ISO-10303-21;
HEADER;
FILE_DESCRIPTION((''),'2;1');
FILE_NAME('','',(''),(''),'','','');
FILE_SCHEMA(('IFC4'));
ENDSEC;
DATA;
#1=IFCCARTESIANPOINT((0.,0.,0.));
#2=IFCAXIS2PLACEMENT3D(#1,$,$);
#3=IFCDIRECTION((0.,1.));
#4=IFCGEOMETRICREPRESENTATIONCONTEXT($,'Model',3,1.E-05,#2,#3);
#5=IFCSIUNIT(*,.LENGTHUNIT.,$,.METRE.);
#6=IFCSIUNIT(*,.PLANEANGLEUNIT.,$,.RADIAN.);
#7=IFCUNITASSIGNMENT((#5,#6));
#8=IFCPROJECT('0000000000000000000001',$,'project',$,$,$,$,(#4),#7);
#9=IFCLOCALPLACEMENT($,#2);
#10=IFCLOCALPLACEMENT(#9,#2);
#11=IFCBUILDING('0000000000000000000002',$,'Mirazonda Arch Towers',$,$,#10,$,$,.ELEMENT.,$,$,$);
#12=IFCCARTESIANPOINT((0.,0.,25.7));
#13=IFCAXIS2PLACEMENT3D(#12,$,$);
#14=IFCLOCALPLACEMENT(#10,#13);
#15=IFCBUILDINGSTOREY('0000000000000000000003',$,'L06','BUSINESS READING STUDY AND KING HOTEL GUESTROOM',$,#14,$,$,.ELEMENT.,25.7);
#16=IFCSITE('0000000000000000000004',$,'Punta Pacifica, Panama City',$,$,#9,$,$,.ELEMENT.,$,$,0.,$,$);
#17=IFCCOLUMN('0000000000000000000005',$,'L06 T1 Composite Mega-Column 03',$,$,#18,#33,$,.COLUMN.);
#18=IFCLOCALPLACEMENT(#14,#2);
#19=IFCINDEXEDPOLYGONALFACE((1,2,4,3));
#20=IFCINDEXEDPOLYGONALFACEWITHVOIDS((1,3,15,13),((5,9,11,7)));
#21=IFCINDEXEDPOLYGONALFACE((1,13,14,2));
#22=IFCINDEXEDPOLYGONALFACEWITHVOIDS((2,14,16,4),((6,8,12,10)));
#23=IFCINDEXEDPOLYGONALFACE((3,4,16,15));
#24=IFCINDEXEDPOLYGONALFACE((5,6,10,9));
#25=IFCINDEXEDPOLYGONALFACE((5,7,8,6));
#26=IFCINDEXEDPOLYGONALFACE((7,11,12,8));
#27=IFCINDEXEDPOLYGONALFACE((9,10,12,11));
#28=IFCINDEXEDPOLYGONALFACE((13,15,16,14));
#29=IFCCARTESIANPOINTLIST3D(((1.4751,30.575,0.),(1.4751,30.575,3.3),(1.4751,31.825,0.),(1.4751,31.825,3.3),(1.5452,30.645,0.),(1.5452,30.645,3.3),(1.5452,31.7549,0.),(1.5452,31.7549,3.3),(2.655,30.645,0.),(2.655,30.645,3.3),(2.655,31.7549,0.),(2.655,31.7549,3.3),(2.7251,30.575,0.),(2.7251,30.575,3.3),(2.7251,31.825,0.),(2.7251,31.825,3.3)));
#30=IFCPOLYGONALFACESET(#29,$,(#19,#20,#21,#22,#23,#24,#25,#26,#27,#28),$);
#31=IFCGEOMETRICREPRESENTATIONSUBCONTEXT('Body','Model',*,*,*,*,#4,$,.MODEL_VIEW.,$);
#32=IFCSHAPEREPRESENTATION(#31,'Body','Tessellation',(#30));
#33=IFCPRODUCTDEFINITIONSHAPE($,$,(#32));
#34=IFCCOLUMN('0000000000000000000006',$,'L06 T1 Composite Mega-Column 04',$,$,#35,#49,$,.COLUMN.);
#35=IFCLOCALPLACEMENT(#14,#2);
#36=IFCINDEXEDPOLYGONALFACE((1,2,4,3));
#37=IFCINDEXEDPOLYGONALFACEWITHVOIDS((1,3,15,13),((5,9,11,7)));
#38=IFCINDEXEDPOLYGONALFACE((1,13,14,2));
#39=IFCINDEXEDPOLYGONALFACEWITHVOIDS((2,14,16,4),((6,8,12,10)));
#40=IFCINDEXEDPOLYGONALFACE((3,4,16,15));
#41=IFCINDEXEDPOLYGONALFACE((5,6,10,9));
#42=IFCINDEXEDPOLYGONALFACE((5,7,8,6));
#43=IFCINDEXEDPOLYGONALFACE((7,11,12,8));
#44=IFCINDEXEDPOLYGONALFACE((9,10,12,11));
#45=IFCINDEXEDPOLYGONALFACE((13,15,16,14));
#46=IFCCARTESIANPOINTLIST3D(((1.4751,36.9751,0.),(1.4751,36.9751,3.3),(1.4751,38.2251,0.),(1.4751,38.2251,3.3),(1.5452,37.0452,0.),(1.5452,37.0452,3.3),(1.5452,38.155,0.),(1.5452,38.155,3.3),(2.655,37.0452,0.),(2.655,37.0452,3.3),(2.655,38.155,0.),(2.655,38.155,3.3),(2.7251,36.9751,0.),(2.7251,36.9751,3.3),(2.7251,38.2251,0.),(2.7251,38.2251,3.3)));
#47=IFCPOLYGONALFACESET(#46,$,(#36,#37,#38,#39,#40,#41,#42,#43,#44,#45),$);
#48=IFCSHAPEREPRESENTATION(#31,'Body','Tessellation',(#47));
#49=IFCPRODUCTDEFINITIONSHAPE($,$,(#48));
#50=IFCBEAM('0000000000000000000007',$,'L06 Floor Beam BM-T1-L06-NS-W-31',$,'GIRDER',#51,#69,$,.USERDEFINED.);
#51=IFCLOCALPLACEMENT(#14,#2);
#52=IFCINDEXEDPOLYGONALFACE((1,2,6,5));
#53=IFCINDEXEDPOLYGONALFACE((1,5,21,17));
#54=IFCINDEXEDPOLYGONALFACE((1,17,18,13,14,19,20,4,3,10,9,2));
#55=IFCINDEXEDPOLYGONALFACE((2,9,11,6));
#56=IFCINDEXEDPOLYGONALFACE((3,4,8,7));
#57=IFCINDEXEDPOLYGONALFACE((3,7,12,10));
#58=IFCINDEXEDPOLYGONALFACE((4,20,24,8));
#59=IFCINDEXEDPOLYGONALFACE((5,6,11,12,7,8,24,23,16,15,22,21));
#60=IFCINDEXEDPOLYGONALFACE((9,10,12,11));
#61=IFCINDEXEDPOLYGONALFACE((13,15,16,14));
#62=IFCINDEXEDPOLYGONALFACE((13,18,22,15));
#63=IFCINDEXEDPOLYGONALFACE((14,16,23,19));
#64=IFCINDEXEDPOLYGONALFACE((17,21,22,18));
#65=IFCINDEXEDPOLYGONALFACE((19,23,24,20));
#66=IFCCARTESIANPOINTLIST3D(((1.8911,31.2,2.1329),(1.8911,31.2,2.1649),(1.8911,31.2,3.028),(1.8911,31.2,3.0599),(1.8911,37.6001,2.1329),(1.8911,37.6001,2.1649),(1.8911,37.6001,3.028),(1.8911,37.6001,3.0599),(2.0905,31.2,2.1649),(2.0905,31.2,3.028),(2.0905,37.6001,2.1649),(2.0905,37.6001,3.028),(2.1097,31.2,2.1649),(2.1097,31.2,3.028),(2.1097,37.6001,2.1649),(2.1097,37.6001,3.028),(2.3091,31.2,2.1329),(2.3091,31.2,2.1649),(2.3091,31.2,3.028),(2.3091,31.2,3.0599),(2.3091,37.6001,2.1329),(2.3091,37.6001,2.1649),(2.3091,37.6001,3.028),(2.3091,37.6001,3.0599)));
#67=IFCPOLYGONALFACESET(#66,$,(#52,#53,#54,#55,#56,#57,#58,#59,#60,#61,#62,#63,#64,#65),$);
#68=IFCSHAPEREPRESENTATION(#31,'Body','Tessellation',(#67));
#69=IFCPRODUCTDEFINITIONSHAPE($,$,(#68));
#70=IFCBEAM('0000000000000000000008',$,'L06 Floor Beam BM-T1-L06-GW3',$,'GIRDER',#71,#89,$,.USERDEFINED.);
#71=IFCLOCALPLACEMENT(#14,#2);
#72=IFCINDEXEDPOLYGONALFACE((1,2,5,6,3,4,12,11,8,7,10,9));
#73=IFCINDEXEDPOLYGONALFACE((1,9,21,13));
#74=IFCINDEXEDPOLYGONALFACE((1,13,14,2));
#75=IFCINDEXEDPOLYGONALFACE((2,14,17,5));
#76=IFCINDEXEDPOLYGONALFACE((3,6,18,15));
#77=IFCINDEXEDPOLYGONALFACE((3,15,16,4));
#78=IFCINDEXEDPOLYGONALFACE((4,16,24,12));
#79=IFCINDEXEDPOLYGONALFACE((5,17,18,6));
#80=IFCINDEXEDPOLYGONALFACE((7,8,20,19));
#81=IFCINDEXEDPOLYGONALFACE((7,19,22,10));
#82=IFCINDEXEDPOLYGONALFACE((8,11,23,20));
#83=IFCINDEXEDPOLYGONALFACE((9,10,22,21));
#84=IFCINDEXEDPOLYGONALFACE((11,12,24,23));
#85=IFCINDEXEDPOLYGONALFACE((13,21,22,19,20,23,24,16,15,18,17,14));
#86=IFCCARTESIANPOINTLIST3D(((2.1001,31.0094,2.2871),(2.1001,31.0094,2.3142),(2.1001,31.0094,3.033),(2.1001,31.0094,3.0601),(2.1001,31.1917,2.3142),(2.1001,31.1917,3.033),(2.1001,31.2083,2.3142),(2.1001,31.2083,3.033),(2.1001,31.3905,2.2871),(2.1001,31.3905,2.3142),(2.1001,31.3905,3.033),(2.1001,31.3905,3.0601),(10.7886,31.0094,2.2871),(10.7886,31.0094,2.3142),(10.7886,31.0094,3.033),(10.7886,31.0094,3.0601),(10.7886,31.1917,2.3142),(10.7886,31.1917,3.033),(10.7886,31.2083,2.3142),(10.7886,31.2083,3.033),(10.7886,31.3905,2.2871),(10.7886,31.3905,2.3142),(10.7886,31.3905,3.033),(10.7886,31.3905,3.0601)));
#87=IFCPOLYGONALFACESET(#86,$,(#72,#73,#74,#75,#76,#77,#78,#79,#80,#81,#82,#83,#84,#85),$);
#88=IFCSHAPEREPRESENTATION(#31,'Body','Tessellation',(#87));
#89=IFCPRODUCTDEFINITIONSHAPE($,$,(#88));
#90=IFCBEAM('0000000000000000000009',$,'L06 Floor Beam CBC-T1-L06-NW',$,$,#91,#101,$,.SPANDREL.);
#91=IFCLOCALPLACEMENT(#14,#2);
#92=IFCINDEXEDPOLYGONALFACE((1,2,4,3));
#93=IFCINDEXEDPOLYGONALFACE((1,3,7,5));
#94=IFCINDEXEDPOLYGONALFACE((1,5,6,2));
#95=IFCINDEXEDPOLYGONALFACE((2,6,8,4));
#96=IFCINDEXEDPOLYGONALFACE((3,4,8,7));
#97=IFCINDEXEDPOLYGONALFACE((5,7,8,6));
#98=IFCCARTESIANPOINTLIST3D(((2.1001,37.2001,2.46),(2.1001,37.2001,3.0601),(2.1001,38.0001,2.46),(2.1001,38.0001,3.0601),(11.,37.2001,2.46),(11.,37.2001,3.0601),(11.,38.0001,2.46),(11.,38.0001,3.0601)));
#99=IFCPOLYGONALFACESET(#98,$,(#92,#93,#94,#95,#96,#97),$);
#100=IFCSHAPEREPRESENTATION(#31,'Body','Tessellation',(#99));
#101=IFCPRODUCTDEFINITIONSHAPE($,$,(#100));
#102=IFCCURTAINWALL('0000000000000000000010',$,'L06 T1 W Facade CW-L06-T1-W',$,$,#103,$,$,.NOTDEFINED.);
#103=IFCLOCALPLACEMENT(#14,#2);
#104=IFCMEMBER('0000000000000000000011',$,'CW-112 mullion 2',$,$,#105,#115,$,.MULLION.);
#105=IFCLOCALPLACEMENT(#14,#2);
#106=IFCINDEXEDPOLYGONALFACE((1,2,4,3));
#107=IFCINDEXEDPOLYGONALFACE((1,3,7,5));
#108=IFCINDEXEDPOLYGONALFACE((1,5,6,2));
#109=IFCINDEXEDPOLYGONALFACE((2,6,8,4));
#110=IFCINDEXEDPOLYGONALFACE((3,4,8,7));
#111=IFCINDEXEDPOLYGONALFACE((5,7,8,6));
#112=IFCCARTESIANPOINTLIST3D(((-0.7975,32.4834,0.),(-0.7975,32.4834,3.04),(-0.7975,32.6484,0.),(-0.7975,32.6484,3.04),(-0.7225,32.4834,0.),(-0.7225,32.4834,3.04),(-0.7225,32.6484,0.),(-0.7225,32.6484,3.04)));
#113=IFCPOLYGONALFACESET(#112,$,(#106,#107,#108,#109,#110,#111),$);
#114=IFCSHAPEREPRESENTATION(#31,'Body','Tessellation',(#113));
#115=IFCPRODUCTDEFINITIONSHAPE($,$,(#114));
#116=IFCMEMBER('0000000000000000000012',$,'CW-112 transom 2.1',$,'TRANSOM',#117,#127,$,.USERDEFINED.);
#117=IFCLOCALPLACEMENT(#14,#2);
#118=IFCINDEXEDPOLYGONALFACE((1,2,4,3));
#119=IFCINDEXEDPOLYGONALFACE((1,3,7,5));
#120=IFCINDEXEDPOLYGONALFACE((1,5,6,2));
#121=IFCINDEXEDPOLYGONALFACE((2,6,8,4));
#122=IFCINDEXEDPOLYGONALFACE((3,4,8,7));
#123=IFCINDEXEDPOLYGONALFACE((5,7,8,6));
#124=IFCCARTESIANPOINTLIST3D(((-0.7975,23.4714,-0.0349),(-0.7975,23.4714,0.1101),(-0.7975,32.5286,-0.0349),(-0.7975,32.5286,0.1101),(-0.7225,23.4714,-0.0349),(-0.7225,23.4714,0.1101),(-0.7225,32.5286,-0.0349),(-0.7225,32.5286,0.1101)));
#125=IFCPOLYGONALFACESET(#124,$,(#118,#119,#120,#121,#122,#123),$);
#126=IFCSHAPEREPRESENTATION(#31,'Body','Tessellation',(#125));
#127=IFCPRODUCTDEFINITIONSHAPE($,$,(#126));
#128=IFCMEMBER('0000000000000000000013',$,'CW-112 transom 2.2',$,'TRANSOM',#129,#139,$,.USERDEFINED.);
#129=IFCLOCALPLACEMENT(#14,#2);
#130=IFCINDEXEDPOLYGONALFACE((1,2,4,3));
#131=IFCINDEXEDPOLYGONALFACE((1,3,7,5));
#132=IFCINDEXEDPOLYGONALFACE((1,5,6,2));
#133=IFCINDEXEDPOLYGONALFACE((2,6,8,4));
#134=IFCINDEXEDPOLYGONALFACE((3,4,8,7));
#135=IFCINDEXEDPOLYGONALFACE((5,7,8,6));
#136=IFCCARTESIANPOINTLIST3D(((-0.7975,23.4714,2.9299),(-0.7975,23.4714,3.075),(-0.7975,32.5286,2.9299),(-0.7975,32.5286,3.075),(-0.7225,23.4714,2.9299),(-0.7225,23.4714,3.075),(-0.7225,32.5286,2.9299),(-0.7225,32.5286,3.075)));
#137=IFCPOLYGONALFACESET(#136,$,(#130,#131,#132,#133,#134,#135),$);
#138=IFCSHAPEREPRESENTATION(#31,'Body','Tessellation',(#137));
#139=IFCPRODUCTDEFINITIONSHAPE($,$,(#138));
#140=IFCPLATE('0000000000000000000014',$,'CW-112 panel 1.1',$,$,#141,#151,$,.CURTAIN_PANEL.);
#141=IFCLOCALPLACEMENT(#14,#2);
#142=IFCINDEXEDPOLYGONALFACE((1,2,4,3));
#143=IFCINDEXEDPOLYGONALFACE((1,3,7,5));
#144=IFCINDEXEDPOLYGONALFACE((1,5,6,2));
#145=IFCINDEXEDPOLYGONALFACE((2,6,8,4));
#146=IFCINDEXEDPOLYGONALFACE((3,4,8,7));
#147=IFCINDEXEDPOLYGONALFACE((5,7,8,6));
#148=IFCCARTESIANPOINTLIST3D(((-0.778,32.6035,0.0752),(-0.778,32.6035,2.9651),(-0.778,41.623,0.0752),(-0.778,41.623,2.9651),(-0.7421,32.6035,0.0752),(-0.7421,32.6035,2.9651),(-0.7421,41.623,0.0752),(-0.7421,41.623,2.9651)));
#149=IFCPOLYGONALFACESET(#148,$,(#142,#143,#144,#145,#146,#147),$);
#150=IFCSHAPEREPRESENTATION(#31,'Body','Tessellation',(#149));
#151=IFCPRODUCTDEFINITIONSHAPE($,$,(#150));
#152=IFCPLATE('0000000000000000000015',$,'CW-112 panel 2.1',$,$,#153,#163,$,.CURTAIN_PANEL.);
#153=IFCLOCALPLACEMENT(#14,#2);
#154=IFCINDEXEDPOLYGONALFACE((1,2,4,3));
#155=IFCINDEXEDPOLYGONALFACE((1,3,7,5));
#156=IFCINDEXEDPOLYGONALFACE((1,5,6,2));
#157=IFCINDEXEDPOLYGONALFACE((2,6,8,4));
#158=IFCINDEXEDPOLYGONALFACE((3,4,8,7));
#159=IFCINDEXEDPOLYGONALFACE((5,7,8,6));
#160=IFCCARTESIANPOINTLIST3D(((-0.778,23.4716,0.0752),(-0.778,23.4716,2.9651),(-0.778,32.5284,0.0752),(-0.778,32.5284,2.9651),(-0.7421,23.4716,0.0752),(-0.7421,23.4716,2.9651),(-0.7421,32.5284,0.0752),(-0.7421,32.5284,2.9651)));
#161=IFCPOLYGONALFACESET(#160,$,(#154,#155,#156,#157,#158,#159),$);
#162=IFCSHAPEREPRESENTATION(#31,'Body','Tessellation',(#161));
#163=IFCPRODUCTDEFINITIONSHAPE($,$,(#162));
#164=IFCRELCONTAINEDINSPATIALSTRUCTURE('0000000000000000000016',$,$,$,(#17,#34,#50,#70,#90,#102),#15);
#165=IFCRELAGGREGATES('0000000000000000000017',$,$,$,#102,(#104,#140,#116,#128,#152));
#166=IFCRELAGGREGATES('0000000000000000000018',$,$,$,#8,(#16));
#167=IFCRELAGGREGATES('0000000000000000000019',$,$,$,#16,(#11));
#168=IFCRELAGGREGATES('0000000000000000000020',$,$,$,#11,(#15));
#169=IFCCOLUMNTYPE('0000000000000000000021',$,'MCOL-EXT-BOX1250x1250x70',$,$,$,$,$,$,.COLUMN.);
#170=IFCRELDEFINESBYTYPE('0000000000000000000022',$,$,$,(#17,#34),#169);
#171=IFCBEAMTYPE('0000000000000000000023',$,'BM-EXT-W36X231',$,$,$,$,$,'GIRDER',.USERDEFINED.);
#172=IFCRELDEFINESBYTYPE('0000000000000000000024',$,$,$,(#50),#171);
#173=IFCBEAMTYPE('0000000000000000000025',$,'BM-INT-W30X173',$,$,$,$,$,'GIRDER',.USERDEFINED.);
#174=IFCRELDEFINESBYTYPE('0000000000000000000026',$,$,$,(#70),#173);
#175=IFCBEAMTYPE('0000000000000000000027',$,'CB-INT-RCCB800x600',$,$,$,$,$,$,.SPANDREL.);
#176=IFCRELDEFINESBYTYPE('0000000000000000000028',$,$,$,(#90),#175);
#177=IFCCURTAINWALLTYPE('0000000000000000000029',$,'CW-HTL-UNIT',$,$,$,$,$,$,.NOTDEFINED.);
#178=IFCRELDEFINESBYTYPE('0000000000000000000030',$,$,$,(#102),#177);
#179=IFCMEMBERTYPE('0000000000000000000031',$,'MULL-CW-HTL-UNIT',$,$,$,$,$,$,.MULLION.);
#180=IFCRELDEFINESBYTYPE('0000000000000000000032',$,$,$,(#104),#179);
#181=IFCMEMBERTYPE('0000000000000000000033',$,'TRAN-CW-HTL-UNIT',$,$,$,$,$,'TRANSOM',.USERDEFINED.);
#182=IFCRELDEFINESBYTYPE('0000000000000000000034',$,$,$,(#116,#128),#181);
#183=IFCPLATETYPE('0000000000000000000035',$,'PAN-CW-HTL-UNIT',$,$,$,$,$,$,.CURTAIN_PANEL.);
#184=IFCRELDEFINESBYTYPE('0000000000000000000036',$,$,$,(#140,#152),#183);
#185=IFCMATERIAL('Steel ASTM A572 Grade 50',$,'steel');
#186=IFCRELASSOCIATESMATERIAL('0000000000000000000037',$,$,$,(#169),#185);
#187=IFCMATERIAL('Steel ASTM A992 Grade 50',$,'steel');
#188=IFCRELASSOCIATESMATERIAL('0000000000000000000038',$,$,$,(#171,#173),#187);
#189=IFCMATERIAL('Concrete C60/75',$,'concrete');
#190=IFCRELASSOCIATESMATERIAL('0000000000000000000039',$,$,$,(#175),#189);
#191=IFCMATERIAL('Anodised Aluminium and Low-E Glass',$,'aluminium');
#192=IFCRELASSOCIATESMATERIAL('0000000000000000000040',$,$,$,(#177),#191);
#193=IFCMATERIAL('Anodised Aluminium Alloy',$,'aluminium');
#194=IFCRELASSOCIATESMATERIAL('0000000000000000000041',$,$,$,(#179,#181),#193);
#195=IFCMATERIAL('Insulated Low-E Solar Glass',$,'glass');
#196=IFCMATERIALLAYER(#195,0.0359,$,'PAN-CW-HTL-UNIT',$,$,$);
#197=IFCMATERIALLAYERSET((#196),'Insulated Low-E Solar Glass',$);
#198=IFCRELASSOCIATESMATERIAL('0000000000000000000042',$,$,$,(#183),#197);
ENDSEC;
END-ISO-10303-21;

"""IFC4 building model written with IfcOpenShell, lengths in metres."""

from ifc_helpers import new_model, si_unit, direction, frame, origin, origin_2d, place, context, subcontext, project, spatial, rectangle, hollow_rectangle, i_section, extrude, material, layer, layer_set, material_profile, profile_set, type_object, element, aggregate, save


model = new_model("IFC4")

# Units and contexts
model_context = context("Model", 3, precision=1e-05, world=origin(), true_north=direction((0.0, 1.0)))
body_context = subcontext(model_context, "Body", "Model", "MODEL_VIEW")
ifc_project = project(units=[si_unit("LENGTHUNIT", "METRE"), si_unit("PLANEANGLEUNIT", "RADIAN")], contexts=[model_context])

# Site, building, storey
site_placement = place(None, origin())
site = spatial("IfcSite", under=ifc_project, at=site_placement, Name="Punta Pacifica, Panama City", CompositionType="ELEMENT", RefElevation=0.0)
building_placement = place(site_placement, origin())
building = spatial("IfcBuilding", under=site, at=building_placement, Name="Mirazonda Arch Towers", CompositionType="ELEMENT")
storey_placement = place(building_placement, frame((0.0, 0.0, 25.7)))
storey = spatial("IfcBuildingStorey", under=building, at=storey_placement, Name="L06", Description="BUSINESS READING STUDY AND KING HOTEL GUESTROOM", CompositionType="ELEMENT", Elevation=25.7)

# Columns
ifc_material_1 = material(Name="Steel ASTM A572 Grade 50", Category="steel")
ifc_material_profile_1 = material_profile(ifc_material_1, hollow_rectangle(XDim=1.25, YDim=1.25, WallThickness=0.0701, at=origin_2d()), Name="BOX1250x1250x70")
ifc_profile_set_1 = profile_set([ifc_material_profile_1], Name="Steel ASTM A572 Grade 50")
column_type = type_object("IfcColumnType", Name="MCOL-EXT-BOX1250x1250x70", PredefinedType="COLUMN", material=ifc_profile_set_1)
for number, where, z_axis, x_axis, name in (
    (1, (2.1001, 31.2, 0.0), (0.0, 0.0, 1.0), (1.0, 0.0, 0.0), "L06 T1 Composite Mega-Column 03"),
    (2, (2.1001, 37.6001, 0.0), (0.0, 0.0, 1.0), (1.0, 0.0, 0.0), "L06 T1 Composite Mega-Column 04"),
):
    element("IfcColumn", number, at=place(storey_placement, frame(where, z_axis=z_axis, x_axis=x_axis)), inside=storey, type_object=column_type, Name=name, PredefinedType="COLUMN", context=body_context, shape_type="SweptSolid", body=[
        extrude(hollow_rectangle(XDim=1.25, YDim=1.25, WallThickness=0.0701, at=origin_2d()), origin(), (0.0, 0.0, 1.0), 3.3),
    ])

# Beams
ifc_material_2 = material(Name="Steel ASTM A992 Grade 50", Category="steel")
ifc_material_profile_2 = material_profile(ifc_material_2, i_section(OverallWidth=0.418, OverallDepth=0.927, WebThickness=0.0193, FlangeThickness=0.032, at=origin_2d()), Name="W36X231")
ifc_profile_set_2 = profile_set([ifc_material_profile_2], Name="Steel ASTM A992 Grade 50")
beam_type_1 = type_object("IfcBeamType", Name="BM-EXT-W36X231", ElementType="GIRDER", PredefinedType="USERDEFINED", material=ifc_profile_set_2)
beam_1_placement = place(storey_placement, frame((2.1001, 31.2, 2.5964), z_axis=(0.0, 1.0, 0.0), x_axis=(-1.0, 0.0, 0.0)))
element("IfcBeam", 3, at=beam_1_placement, inside=storey, type_object=beam_type_1, Name="L06 Floor Beam BM-T1-L06-NS-W-31", ObjectType="GIRDER", PredefinedType="USERDEFINED", context=body_context, shape_type="SweptSolid", body=[
    extrude(i_section(OverallWidth=0.418, OverallDepth=0.927, WebThickness=0.0193, FlangeThickness=0.032, at=origin_2d()), origin(), (0.0, 0.0, 1.0), 6.4001),
])
ifc_material_profile_3 = material_profile(ifc_material_2, i_section(OverallWidth=0.3811, OverallDepth=0.7729, WebThickness=0.0166, FlangeThickness=0.0271, at=origin_2d()), Name="W30X173")
ifc_profile_set_3 = profile_set([ifc_material_profile_3], Name="Steel ASTM A992 Grade 50")
beam_type_2 = type_object("IfcBeamType", Name="BM-INT-W30X173", ElementType="GIRDER", PredefinedType="USERDEFINED", material=ifc_profile_set_3)
beam_2_placement = place(storey_placement, frame((2.1001, 31.2, 2.6736), z_axis=(1.0, 0.0, 0.0), x_axis=(0.0, 1.0, 0.0)))
element("IfcBeam", 4, at=beam_2_placement, inside=storey, type_object=beam_type_2, Name="L06 Floor Beam BM-T1-L06-GW3", ObjectType="GIRDER", PredefinedType="USERDEFINED", context=body_context, shape_type="SweptSolid", body=[
    extrude(i_section(OverallWidth=0.3811, OverallDepth=0.7729, WebThickness=0.0166, FlangeThickness=0.0271, at=origin_2d()), origin(), (0.0, 0.0, 1.0), 8.6885),
])
ifc_material_3 = material(Name="Concrete C60/75", Category="concrete")
ifc_material_profile_4 = material_profile(ifc_material_3, rectangle(XDim=0.8, YDim=0.6001, at=origin_2d()), Name="RCCB800x600")
ifc_profile_set_4 = profile_set([ifc_material_profile_4], Name="Concrete C60/75")
beam_type_3 = type_object("IfcBeamType", Name="CB-INT-RCCB800x600", PredefinedType="SPANDREL", material=ifc_profile_set_4)
beam_3_placement = place(storey_placement, frame((2.1001, 37.6001, 2.76), z_axis=(1.0, 0.0, 0.0), x_axis=(0.0, 1.0, 0.0)))
element("IfcBeam", 5, at=beam_3_placement, inside=storey, type_object=beam_type_3, Name="L06 Floor Beam CBC-T1-L06-NW", PredefinedType="SPANDREL", context=body_context, shape_type="SweptSolid", body=[
    extrude(rectangle(XDim=0.8, YDim=0.6001, at=origin_2d()), origin(), (0.0, 0.0, 1.0), 8.8999),
])

# Curtain wall, members, plates
ifc_material_4 = material(Name="Anodised Aluminium and Low-E Glass", Category="aluminium")
curtain_wall_type = type_object("IfcCurtainWallType", Name="CW-HTL-UNIT", PredefinedType="NOTDEFINED", material=ifc_material_4)
curtain_wall_placement = place(storey_placement, origin())
curtain_wall = element("IfcCurtainWall", 6, at=curtain_wall_placement, inside=storey, type_object=curtain_wall_type, Name="L06 T1 W Facade CW-L06-T1-W", PredefinedType="NOTDEFINED")
ifc_material_5 = material(Name="Anodised Aluminium Alloy", Category="aluminium")
ifc_material_profile_5 = material_profile(ifc_material_5, rectangle(XDim=0.075, YDim=0.165, at=origin_2d()), Name="ALU-MULL-75x165")
ifc_profile_set_5 = profile_set([ifc_material_profile_5], Name="Anodised Aluminium Alloy")
member_type_1 = type_object("IfcMemberType", Name="MULL-CW-HTL-UNIT", PredefinedType="MULLION", material=ifc_profile_set_5)
member_1_placement = place(storey_placement, frame((-0.76, 32.5659, 0.0), z_axis=(0.0, 0.0, 1.0), x_axis=(1.0, 0.0, 0.0)))
member_1 = element("IfcMember", 7, at=member_1_placement, type_object=member_type_1, Name="CW-112 mullion 2", PredefinedType="MULLION", context=body_context, shape_type="SweptSolid", body=[
    extrude(rectangle(XDim=0.075, YDim=0.165, at=origin_2d()), origin(), (0.0, 0.0, 1.0), 3.04),
])
ifc_material_profile_6 = material_profile(ifc_material_5, rectangle(XDim=0.075, YDim=0.145, at=origin_2d()), Name="ALU-TRAN-75x145")
ifc_profile_set_6 = profile_set([ifc_material_profile_6], Name="Anodised Aluminium Alloy")
member_type_2 = type_object("IfcMemberType", Name="TRAN-CW-HTL-UNIT", ElementType="TRANSOM", PredefinedType="USERDEFINED", material=ifc_profile_set_6)
member_2_placement = place(storey_placement, frame((-0.76, 32.5286, 0.0376), z_axis=(0.0, -1.0, 0.0), x_axis=(1.0, 0.0, 0.0)))
member_2 = element("IfcMember", 8, at=member_2_placement, type_object=member_type_2, Name="CW-112 transom 2.1", ObjectType="TRANSOM", PredefinedType="USERDEFINED", context=body_context, shape_type="SweptSolid", body=[
    extrude(rectangle(XDim=0.075, YDim=0.145, at=origin_2d()), origin(), (0.0, 0.0, 1.0), 9.0571),
])
member_3_placement = place(storey_placement, frame((-0.76, 32.5286, 3.0024), z_axis=(0.0, -1.0, 0.0), x_axis=(1.0, 0.0, 0.0)))
member_3 = element("IfcMember", 9, at=member_3_placement, type_object=member_type_2, Name="CW-112 transom 2.2", ObjectType="TRANSOM", PredefinedType="USERDEFINED", context=body_context, shape_type="SweptSolid", body=[
    extrude(rectangle(XDim=0.075, YDim=0.145, at=origin_2d()), origin(), (0.0, 0.0, 1.0), 9.0571),
])
ifc_material_6 = material(Name="Insulated Low-E Solar Glass", Category="glass")
ifc_layer_1 = layer(ifc_material_6, 0.0359, Name="PAN-CW-HTL-UNIT")
ifc_layer_set_1 = layer_set([ifc_layer_1], Name="Insulated Low-E Solar Glass")
plate_type = type_object("IfcPlateType", Name="PAN-CW-HTL-UNIT", PredefinedType="CURTAIN_PANEL", material=ifc_layer_set_1)
plate_1_placement = place(storey_placement, frame((-0.76, 37.1133, 0.0752), z_axis=(0.0, 0.0, 1.0), x_axis=(0.0, -1.0, 0.0)))
plate_1 = element("IfcPlate", 10, at=plate_1_placement, type_object=plate_type, Name="CW-112 panel 1.1", PredefinedType="CURTAIN_PANEL", context=body_context, shape_type="SweptSolid", body=[
    extrude(rectangle(XDim=9.0195, YDim=0.0359, at=origin_2d()), origin(), (0.0, 0.0, 1.0), 2.8899),
])
plate_2_placement = place(storey_placement, frame((-0.76, 28.0, 0.0752), z_axis=(0.0, 0.0, 1.0), x_axis=(0.0, -1.0, 0.0)))
plate_2 = element("IfcPlate", 11, at=plate_2_placement, type_object=plate_type, Name="CW-112 panel 2.1", PredefinedType="CURTAIN_PANEL", context=body_context, shape_type="SweptSolid", body=[
    extrude(rectangle(XDim=9.0569, YDim=0.0359, at=origin_2d()), origin(), (0.0, 0.0, 1.0), 2.8899),
])
aggregate(curtain_wall, [member_1, plate_1, member_2, member_3, plate_2])

save(model, "model.ifc")
